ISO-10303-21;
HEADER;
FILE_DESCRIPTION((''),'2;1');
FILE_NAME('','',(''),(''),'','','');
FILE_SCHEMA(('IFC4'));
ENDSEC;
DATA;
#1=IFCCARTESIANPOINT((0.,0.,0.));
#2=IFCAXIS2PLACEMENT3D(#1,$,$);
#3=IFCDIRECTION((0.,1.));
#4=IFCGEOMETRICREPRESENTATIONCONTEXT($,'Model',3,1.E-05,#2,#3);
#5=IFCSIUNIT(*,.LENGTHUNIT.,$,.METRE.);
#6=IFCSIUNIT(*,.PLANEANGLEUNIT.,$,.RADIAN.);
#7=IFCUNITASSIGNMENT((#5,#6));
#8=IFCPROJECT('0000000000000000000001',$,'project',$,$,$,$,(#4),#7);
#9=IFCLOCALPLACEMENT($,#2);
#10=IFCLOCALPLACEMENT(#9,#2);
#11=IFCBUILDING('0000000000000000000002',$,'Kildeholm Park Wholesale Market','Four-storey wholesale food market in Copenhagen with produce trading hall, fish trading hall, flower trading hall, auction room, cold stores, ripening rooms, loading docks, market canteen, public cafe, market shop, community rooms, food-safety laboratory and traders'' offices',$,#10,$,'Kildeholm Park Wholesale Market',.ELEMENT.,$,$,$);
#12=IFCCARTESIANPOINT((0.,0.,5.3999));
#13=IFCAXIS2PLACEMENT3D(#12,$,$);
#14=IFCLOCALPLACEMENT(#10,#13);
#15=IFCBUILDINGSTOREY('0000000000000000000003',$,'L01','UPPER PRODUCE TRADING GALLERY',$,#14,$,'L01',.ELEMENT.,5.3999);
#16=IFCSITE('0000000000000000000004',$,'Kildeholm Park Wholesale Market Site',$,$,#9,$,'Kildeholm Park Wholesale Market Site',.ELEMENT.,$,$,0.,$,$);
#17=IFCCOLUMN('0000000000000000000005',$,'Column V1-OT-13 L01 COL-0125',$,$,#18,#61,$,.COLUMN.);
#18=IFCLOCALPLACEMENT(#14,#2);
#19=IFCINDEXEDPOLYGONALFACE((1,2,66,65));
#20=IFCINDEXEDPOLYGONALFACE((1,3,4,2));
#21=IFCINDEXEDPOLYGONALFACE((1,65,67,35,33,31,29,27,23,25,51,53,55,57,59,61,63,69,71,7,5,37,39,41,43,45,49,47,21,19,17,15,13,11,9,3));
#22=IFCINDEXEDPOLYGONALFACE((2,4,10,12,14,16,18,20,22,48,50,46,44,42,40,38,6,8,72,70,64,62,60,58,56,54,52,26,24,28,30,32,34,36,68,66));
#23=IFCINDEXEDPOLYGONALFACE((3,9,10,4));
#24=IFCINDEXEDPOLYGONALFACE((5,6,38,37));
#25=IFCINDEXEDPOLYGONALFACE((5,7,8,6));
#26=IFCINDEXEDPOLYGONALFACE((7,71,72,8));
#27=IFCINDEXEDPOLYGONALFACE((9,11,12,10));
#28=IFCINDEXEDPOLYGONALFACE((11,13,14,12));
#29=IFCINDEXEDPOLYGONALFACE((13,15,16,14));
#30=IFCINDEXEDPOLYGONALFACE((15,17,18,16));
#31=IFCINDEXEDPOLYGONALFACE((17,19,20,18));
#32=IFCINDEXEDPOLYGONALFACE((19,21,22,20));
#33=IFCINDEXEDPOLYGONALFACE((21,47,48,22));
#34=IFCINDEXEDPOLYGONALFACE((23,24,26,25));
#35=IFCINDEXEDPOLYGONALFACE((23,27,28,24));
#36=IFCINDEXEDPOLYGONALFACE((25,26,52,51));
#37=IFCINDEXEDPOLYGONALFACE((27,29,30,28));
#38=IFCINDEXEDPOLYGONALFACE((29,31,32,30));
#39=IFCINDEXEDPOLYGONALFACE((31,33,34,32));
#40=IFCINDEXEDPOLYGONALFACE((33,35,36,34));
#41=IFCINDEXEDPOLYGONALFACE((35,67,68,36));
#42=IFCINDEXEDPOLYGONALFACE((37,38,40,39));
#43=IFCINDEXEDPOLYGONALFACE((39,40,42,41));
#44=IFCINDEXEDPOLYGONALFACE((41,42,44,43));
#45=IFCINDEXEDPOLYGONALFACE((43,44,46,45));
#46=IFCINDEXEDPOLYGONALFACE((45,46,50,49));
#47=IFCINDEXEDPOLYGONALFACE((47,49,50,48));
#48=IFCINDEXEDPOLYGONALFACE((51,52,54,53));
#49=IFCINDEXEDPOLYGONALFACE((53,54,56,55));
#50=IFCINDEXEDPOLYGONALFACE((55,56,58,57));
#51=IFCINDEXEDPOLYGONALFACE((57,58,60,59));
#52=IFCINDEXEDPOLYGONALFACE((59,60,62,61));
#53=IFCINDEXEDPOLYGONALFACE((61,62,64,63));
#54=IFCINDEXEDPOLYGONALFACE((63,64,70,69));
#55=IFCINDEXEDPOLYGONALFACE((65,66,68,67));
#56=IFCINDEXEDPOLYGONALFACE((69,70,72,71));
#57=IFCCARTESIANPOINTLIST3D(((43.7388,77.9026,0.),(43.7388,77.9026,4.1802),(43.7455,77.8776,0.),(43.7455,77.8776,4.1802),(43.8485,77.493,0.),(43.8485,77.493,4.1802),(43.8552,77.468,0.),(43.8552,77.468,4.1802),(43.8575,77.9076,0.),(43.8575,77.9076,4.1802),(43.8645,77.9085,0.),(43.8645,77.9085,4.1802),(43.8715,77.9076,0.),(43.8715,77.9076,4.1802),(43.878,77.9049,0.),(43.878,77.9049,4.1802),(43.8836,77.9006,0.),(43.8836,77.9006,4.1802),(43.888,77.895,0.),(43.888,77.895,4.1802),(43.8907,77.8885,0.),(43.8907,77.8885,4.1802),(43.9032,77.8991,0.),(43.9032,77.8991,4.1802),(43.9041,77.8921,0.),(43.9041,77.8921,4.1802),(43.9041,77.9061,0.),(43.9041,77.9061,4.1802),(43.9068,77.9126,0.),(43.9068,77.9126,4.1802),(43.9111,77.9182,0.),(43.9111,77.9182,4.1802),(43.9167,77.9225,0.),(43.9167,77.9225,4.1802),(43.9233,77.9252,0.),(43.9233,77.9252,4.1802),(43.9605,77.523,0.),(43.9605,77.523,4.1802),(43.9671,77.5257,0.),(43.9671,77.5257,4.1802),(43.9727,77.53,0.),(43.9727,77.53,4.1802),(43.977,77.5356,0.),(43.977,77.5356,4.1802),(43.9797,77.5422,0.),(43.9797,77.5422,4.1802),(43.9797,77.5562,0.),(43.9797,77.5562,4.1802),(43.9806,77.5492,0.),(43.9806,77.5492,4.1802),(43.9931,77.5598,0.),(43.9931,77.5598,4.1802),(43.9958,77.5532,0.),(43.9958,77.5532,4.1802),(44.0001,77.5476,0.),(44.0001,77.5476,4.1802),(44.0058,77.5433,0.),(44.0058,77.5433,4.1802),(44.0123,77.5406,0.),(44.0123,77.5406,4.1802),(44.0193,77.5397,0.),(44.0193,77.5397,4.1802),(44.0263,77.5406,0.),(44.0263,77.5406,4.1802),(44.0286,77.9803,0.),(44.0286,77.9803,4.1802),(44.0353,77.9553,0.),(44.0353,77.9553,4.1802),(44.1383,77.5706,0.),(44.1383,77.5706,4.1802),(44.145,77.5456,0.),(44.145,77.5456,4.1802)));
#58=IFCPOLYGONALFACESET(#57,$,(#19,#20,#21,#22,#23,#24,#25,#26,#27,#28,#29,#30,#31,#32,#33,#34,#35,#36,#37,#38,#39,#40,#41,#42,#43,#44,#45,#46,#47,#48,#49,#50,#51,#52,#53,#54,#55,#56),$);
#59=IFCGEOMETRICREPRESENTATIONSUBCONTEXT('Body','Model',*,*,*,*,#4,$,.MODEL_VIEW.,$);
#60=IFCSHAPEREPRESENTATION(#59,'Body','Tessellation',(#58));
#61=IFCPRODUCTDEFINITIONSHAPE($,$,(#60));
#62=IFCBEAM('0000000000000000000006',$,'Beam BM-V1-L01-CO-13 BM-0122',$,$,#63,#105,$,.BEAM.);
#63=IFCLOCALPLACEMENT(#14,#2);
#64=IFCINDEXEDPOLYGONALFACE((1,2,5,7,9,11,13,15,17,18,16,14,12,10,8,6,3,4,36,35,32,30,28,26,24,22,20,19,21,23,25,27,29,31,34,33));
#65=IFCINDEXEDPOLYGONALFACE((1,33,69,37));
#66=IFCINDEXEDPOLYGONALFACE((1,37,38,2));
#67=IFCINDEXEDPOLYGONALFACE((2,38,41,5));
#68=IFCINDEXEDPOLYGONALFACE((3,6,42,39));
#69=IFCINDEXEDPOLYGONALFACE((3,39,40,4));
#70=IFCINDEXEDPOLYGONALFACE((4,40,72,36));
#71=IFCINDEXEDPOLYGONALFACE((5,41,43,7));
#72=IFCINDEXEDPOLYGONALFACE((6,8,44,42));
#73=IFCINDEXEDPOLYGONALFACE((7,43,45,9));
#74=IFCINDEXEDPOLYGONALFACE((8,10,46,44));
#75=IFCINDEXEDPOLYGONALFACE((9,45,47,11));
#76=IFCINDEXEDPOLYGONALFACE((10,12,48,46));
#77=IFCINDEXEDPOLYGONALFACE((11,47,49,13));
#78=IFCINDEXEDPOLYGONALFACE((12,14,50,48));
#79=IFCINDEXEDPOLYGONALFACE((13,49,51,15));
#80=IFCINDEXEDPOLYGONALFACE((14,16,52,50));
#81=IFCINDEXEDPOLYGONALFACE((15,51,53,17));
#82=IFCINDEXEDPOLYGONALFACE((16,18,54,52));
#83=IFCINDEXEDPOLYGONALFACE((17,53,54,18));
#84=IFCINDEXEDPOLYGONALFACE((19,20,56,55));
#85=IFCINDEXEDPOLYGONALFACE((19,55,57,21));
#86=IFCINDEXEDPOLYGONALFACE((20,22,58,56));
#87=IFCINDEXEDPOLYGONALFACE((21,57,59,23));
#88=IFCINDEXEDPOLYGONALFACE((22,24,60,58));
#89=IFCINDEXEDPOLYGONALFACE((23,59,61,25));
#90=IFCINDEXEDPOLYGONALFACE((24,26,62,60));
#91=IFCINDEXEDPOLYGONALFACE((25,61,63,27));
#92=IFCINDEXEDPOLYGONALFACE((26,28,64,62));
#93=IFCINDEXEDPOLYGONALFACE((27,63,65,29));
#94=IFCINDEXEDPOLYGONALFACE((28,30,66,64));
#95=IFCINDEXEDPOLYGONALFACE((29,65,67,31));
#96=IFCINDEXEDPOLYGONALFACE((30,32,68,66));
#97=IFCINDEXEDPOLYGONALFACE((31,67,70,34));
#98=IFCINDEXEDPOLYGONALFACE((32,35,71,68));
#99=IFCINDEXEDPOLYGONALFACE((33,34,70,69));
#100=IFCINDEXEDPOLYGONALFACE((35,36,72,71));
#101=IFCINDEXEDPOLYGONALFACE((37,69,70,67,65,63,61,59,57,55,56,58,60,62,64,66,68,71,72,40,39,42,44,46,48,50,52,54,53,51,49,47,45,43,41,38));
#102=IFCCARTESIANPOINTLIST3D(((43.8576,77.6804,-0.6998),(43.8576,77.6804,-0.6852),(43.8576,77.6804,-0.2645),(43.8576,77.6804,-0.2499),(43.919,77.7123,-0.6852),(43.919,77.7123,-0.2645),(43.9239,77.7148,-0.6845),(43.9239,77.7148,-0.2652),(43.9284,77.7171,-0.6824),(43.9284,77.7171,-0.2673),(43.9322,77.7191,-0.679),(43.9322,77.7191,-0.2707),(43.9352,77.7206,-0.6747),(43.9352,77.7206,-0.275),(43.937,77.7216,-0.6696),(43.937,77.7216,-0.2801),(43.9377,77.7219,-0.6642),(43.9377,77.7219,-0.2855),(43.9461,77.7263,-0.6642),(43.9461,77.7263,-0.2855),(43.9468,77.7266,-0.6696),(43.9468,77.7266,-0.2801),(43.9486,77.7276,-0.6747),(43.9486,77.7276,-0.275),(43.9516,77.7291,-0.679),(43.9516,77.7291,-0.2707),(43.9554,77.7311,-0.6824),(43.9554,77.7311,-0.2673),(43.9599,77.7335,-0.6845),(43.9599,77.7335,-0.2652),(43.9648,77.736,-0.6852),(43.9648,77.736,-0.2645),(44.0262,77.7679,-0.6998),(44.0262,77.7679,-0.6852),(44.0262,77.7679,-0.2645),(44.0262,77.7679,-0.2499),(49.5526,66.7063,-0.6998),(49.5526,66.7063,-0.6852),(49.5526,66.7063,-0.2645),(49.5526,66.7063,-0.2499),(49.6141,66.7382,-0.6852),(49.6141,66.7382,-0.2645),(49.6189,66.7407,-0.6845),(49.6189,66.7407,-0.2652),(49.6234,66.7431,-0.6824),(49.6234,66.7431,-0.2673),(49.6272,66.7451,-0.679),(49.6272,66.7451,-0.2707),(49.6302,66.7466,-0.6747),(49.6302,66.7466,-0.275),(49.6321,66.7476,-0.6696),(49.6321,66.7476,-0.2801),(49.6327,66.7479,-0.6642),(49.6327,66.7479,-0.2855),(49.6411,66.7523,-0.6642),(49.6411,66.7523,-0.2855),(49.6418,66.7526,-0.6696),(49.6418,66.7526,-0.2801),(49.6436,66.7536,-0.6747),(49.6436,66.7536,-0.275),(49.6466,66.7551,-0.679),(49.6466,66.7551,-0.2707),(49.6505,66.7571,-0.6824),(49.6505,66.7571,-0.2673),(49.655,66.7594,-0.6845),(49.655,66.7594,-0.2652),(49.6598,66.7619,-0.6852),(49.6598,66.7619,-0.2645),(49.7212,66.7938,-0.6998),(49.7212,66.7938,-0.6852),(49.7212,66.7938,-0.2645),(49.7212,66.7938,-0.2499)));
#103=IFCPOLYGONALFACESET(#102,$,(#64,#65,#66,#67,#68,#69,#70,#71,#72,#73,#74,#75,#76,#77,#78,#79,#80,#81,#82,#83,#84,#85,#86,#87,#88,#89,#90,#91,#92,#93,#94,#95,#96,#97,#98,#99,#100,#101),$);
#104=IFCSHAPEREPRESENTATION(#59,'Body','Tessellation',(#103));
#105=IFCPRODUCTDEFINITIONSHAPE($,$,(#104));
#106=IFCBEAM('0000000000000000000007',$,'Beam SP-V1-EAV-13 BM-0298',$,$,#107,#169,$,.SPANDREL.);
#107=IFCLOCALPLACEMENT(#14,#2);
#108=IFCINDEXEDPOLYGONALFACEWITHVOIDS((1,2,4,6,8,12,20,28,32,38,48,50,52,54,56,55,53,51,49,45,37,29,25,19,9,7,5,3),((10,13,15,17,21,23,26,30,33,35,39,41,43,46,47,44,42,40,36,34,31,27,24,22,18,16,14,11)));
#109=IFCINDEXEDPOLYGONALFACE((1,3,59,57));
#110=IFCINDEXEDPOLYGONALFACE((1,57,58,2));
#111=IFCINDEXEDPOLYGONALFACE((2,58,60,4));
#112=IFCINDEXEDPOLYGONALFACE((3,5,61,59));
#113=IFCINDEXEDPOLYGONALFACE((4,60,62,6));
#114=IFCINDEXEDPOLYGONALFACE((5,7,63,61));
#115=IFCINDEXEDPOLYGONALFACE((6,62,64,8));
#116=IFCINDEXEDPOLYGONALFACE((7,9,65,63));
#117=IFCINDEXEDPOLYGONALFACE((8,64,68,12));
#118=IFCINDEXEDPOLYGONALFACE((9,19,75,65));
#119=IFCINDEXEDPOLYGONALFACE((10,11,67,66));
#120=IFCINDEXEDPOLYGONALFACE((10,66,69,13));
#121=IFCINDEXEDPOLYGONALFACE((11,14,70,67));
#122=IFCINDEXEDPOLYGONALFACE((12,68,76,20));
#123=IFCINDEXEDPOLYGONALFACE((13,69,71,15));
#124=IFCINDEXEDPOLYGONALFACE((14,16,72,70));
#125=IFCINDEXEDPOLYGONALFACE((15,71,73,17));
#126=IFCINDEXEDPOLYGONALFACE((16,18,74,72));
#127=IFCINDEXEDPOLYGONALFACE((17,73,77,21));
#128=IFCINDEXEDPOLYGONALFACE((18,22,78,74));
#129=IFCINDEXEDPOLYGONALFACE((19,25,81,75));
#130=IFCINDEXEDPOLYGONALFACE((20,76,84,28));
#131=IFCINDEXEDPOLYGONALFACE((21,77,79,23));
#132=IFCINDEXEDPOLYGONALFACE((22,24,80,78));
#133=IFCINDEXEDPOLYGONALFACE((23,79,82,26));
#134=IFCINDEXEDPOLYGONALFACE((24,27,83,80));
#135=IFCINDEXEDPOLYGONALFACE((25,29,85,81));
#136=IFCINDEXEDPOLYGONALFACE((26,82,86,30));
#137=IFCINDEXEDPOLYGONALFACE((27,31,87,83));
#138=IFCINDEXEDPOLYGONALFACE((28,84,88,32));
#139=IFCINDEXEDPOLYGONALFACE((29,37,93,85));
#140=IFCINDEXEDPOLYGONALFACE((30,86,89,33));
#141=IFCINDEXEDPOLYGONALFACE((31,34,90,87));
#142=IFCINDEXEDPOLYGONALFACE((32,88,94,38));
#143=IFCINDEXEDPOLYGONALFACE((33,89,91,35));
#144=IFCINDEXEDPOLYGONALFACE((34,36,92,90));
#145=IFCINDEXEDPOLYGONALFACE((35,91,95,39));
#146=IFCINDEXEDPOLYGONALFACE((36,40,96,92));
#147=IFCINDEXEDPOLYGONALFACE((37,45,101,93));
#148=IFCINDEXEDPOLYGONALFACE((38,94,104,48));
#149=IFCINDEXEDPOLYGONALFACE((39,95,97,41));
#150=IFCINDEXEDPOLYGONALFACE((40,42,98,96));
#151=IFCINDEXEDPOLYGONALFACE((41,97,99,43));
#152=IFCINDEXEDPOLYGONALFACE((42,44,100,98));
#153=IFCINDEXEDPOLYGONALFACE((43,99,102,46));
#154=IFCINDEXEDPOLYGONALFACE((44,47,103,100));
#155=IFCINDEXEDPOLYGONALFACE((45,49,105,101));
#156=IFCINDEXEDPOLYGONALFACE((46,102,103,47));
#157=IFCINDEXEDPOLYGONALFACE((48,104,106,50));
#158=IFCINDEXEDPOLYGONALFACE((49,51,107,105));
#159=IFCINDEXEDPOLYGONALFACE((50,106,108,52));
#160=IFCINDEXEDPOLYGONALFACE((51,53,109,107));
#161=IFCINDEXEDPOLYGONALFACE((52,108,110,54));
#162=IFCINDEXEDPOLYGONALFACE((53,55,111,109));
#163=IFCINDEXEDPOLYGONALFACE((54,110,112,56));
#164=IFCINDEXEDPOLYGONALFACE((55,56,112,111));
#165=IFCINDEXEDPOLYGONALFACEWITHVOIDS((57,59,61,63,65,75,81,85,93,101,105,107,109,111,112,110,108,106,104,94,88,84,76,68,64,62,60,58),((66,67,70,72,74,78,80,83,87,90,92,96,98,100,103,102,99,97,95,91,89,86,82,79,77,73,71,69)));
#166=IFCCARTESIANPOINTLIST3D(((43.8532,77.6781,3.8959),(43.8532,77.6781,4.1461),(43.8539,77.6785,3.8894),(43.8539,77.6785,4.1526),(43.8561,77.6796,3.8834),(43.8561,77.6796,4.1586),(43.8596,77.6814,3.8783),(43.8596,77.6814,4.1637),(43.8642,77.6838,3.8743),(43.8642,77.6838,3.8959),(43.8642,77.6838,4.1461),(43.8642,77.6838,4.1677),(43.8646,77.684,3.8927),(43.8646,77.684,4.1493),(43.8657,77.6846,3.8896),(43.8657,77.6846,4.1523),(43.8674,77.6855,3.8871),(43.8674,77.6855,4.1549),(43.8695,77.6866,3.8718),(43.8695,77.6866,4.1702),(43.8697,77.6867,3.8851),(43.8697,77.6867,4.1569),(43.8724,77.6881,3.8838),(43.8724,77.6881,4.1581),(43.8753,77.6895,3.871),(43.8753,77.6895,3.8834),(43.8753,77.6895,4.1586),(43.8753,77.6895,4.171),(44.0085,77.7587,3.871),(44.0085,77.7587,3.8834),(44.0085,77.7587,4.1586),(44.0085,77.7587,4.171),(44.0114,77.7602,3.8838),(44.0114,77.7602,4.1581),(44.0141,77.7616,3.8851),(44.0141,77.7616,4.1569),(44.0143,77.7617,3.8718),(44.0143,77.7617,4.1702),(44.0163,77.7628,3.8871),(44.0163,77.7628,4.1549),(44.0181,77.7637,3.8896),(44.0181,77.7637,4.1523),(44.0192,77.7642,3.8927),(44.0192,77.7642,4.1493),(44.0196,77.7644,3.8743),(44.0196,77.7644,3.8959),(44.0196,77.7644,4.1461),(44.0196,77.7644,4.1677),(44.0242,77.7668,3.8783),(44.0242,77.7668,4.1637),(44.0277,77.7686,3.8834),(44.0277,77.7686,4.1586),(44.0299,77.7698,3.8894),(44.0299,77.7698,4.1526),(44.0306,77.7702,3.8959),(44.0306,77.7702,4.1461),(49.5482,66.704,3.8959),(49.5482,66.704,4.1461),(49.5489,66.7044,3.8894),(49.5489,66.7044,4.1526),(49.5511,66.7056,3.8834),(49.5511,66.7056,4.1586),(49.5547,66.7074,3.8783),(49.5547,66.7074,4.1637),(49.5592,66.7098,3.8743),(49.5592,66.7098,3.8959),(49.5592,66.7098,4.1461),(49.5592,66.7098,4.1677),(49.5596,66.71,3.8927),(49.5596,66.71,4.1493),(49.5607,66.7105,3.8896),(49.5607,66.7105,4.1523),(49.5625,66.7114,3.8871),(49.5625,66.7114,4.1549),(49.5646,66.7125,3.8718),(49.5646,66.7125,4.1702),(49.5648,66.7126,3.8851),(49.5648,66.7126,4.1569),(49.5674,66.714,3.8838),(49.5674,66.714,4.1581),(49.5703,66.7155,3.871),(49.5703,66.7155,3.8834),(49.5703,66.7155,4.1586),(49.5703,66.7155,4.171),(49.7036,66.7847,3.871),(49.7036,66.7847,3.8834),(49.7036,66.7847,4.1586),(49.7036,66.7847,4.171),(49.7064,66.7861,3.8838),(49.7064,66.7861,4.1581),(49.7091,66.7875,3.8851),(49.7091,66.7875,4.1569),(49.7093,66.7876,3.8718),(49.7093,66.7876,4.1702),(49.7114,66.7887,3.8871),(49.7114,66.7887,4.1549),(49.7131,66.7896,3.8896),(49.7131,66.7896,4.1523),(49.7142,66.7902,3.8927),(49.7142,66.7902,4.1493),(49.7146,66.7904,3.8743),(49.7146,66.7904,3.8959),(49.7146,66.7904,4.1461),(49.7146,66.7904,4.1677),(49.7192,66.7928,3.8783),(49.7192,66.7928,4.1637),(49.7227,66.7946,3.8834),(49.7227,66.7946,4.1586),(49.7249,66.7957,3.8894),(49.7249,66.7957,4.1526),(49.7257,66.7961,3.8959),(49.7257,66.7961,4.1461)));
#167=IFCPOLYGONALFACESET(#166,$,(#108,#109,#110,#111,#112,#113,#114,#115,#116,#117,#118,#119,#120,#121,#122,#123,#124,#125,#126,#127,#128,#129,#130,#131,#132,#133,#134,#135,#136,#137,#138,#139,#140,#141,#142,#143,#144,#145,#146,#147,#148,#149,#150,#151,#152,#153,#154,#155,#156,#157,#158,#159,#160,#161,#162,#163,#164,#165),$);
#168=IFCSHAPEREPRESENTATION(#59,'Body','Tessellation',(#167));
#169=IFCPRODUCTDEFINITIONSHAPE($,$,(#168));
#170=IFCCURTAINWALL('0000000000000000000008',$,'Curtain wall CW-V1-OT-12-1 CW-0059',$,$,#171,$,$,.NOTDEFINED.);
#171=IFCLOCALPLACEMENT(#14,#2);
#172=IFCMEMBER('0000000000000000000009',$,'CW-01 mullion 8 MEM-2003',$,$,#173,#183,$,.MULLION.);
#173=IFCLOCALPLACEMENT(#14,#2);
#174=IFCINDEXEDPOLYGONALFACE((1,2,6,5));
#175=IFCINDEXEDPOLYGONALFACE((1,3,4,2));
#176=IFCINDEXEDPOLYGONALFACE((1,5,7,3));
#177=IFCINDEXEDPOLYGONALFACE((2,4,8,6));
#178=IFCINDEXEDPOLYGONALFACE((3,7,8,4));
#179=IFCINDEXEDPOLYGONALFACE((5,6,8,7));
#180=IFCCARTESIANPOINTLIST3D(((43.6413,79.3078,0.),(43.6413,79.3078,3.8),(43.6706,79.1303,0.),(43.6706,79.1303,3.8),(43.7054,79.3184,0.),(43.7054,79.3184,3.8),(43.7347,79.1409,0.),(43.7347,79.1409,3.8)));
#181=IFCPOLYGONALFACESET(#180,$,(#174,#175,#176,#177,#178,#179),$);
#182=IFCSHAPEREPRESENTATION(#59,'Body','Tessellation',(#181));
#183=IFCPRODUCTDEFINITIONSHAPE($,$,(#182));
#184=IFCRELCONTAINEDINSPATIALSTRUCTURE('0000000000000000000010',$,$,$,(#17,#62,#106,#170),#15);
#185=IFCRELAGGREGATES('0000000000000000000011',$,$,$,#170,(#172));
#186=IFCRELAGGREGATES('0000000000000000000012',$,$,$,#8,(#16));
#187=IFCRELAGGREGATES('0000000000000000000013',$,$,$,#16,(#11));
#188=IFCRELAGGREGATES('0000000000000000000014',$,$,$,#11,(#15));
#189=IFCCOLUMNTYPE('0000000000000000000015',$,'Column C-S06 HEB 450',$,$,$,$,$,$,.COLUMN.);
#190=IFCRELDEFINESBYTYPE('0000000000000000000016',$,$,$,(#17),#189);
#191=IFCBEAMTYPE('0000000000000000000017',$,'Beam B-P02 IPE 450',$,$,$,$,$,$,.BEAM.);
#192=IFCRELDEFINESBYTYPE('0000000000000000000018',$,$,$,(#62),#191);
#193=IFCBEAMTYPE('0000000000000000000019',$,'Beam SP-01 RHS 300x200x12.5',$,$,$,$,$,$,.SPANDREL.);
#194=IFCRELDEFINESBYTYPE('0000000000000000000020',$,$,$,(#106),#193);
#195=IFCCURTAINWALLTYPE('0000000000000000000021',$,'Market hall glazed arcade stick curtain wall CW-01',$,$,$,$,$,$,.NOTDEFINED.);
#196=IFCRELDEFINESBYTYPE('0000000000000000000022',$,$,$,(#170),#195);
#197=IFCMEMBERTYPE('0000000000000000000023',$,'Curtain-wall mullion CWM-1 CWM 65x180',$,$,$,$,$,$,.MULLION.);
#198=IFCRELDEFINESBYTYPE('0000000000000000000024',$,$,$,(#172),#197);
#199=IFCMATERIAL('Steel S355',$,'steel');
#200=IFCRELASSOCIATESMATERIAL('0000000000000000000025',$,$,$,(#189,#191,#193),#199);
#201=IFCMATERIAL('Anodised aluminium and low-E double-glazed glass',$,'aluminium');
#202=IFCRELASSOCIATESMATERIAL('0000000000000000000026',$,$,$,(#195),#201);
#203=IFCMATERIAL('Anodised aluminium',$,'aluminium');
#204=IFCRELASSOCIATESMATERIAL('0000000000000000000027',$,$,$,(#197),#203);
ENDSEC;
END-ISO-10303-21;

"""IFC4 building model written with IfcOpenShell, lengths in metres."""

from ifc_helpers import new_model, si_unit, direction, frame, origin, origin_2d, place, context, subcontext, project, spatial, rectangle, hollow_rectangle, i_section, extrude, material, material_profile, profile_set, type_object, element, aggregate, save


model = new_model("IFC4")

# Units and contexts
model_context = context("Model", 3, precision=1e-05, world=origin(), true_north=direction((0.0, 1.0)))
body_context = subcontext(model_context, "Body", "Model", "MODEL_VIEW")
ifc_project = project(units=[si_unit("LENGTHUNIT", "METRE"), si_unit("PLANEANGLEUNIT", "RADIAN")], contexts=[model_context])

# Site, building, storey
site_placement = place(None, origin())
site = spatial("IfcSite", under=ifc_project, at=site_placement, Name="Kildeholm Park Wholesale Market Site", LongName="Kildeholm Park Wholesale Market Site", CompositionType="ELEMENT", RefElevation=0.0)
building_placement = place(site_placement, origin())
building = spatial("IfcBuilding", under=site, at=building_placement, Name="Kildeholm Park Wholesale Market", Description="Four-storey wholesale food market in Copenhagen with produce trading hall, fish trading hall, flower trading hall, auction room, cold stores, ripening rooms, loading docks, market canteen, public cafe, market shop, community rooms, food-safety laboratory and traders' offices", LongName="Kildeholm Park Wholesale Market", CompositionType="ELEMENT")
storey_placement = place(building_placement, frame((0.0, 0.0, 5.3999)))
storey = spatial("IfcBuildingStorey", under=building, at=storey_placement, Name="L01", Description="UPPER PRODUCE TRADING GALLERY", LongName="L01", CompositionType="ELEMENT", Elevation=5.3999)

# Column
ifc_material_1 = material(Name="Steel S355", Category="steel")
ifc_material_profile_1 = material_profile(ifc_material_1, i_section(OverallWidth=0.3, OverallDepth=0.45, WebThickness=0.0139, FlangeThickness=0.0259, FilletRadius=0.0271, at=origin_2d()), Name="HEB 450")
ifc_profile_set_1 = profile_set([ifc_material_profile_1], Name="Steel S355")
column_type = type_object("IfcColumnType", Name="Column C-S06 HEB 450", PredefinedType="COLUMN", material=ifc_profile_set_1)
column_placement = place(storey_placement, frame((43.9419, 77.7241, 0.0), z_axis=(0.0, 0.0, 1.0), x_axis=(-0.965926, -0.258819, 0.0)))
element("IfcColumn", 1, at=column_placement, inside=storey, type_object=column_type, Name="Column V1-OT-13 L01 COL-0125", PredefinedType="COLUMN", context=body_context, shape_type="SweptSolid", body=[
    extrude(i_section(OverallWidth=0.3, OverallDepth=0.45, WebThickness=0.0139, FlangeThickness=0.0259, FilletRadius=0.0271, at=origin_2d()), origin(), (0.0, 0.0, 1.0), 4.1802),
])

# Beams
ifc_material_profile_2 = material_profile(ifc_material_1, i_section(OverallWidth=0.1899, OverallDepth=0.45, WebThickness=0.0095, FlangeThickness=0.0146, FilletRadius=0.021, at=origin_2d()), Name="IPE 450")
ifc_profile_set_2 = profile_set([ifc_material_profile_2], Name="Steel S355")
beam_type_1 = type_object("IfcBeamType", Name="Beam B-P02 IPE 450", PredefinedType="BEAM", material=ifc_profile_set_2)
beam_1_placement = place(storey_placement, frame((43.9419, 77.7241, -0.4749), z_axis=(0.460622, -0.887596, 0.0), x_axis=(0.887596, 0.460622, 0.0)))
element("IfcBeam", 2, at=beam_1_placement, inside=storey, type_object=beam_type_1, Name="Beam BM-V1-L01-CO-13 BM-0122", PredefinedType="BEAM", context=body_context, shape_type="SweptSolid", body=[
    extrude(i_section(OverallWidth=0.1899, OverallDepth=0.45, WebThickness=0.0095, FlangeThickness=0.0146, FilletRadius=0.021, at=origin_2d()), origin(), (0.0, 0.0, 1.0), 12.3638),
])
ifc_material_profile_3 = material_profile(ifc_material_1, hollow_rectangle(XDim=0.2, YDim=0.3, WallThickness=0.0125, InnerFilletRadius=0.0125, OuterFilletRadius=0.0249, at=origin_2d()), Name="RHS 300x200x12.5")
ifc_profile_set_3 = profile_set([ifc_material_profile_3], Name="Steel S355")
beam_type_2 = type_object("IfcBeamType", Name="Beam SP-01 RHS 300x200x12.5", PredefinedType="SPANDREL", material=ifc_profile_set_3)
beam_2_placement = place(storey_placement, frame((43.9419, 77.7241, 4.021), z_axis=(0.460622, -0.887596, 0.0), x_axis=(0.887596, 0.460622, 0.0)))
element("IfcBeam", 3, at=beam_2_placement, inside=storey, type_object=beam_type_2, Name="Beam SP-V1-EAV-13 BM-0298", PredefinedType="SPANDREL", context=body_context, shape_type="SweptSolid", body=[
    extrude(hollow_rectangle(XDim=0.2, YDim=0.3, WallThickness=0.0125, InnerFilletRadius=0.0125, OuterFilletRadius=0.0249, at=origin_2d()), origin(), (0.0, 0.0, 1.0), 12.3638),
])

# Curtain wall, member
ifc_material_2 = material(Name="Anodised aluminium and low-E double-glazed glass", Category="aluminium")
curtain_wall_type = type_object("IfcCurtainWallType", Name="Market hall glazed arcade stick curtain wall CW-01", PredefinedType="NOTDEFINED", material=ifc_material_2)
curtain_wall_1_placement = place(storey_placement, origin())
curtain_wall_1 = element("IfcCurtainWall", 4, at=curtain_wall_1_placement, inside=storey, type_object=curtain_wall_type, Name="Curtain wall CW-V1-OT-12-1 CW-0059", PredefinedType="NOTDEFINED")
ifc_material_3 = material(Name="Anodised aluminium", Category="aluminium")
ifc_material_profile_4 = material_profile(ifc_material_3, rectangle(XDim=0.0649, YDim=0.1799, at=origin_2d()), Name="CWM 65x180")
ifc_profile_set_4 = profile_set([ifc_material_profile_4], Name="Anodised aluminium")
member_type_1 = type_object("IfcMemberType", Name="Curtain-wall mullion CWM-1 CWM 65x180", PredefinedType="MULLION", material=ifc_profile_set_4)
member_1_placement = place(storey_placement, frame((43.688, 79.2244, 0.0), z_axis=(0.0, 0.0, 1.0), x_axis=(0.986675, 0.162703, 0.0)))
member_1 = element("IfcMember", 5, at=member_1_placement, type_object=member_type_1, Name="CW-01 mullion 8 MEM-2003", PredefinedType="MULLION", context=body_context, shape_type="SweptSolid", body=[
    extrude(rectangle(XDim=0.0649, YDim=0.1799, at=origin_2d()), origin(), (0.0, 0.0, 1.0), 3.8),
])

aggregate(curtain_wall_1, [member_1])

save(model, "model.ifc")
